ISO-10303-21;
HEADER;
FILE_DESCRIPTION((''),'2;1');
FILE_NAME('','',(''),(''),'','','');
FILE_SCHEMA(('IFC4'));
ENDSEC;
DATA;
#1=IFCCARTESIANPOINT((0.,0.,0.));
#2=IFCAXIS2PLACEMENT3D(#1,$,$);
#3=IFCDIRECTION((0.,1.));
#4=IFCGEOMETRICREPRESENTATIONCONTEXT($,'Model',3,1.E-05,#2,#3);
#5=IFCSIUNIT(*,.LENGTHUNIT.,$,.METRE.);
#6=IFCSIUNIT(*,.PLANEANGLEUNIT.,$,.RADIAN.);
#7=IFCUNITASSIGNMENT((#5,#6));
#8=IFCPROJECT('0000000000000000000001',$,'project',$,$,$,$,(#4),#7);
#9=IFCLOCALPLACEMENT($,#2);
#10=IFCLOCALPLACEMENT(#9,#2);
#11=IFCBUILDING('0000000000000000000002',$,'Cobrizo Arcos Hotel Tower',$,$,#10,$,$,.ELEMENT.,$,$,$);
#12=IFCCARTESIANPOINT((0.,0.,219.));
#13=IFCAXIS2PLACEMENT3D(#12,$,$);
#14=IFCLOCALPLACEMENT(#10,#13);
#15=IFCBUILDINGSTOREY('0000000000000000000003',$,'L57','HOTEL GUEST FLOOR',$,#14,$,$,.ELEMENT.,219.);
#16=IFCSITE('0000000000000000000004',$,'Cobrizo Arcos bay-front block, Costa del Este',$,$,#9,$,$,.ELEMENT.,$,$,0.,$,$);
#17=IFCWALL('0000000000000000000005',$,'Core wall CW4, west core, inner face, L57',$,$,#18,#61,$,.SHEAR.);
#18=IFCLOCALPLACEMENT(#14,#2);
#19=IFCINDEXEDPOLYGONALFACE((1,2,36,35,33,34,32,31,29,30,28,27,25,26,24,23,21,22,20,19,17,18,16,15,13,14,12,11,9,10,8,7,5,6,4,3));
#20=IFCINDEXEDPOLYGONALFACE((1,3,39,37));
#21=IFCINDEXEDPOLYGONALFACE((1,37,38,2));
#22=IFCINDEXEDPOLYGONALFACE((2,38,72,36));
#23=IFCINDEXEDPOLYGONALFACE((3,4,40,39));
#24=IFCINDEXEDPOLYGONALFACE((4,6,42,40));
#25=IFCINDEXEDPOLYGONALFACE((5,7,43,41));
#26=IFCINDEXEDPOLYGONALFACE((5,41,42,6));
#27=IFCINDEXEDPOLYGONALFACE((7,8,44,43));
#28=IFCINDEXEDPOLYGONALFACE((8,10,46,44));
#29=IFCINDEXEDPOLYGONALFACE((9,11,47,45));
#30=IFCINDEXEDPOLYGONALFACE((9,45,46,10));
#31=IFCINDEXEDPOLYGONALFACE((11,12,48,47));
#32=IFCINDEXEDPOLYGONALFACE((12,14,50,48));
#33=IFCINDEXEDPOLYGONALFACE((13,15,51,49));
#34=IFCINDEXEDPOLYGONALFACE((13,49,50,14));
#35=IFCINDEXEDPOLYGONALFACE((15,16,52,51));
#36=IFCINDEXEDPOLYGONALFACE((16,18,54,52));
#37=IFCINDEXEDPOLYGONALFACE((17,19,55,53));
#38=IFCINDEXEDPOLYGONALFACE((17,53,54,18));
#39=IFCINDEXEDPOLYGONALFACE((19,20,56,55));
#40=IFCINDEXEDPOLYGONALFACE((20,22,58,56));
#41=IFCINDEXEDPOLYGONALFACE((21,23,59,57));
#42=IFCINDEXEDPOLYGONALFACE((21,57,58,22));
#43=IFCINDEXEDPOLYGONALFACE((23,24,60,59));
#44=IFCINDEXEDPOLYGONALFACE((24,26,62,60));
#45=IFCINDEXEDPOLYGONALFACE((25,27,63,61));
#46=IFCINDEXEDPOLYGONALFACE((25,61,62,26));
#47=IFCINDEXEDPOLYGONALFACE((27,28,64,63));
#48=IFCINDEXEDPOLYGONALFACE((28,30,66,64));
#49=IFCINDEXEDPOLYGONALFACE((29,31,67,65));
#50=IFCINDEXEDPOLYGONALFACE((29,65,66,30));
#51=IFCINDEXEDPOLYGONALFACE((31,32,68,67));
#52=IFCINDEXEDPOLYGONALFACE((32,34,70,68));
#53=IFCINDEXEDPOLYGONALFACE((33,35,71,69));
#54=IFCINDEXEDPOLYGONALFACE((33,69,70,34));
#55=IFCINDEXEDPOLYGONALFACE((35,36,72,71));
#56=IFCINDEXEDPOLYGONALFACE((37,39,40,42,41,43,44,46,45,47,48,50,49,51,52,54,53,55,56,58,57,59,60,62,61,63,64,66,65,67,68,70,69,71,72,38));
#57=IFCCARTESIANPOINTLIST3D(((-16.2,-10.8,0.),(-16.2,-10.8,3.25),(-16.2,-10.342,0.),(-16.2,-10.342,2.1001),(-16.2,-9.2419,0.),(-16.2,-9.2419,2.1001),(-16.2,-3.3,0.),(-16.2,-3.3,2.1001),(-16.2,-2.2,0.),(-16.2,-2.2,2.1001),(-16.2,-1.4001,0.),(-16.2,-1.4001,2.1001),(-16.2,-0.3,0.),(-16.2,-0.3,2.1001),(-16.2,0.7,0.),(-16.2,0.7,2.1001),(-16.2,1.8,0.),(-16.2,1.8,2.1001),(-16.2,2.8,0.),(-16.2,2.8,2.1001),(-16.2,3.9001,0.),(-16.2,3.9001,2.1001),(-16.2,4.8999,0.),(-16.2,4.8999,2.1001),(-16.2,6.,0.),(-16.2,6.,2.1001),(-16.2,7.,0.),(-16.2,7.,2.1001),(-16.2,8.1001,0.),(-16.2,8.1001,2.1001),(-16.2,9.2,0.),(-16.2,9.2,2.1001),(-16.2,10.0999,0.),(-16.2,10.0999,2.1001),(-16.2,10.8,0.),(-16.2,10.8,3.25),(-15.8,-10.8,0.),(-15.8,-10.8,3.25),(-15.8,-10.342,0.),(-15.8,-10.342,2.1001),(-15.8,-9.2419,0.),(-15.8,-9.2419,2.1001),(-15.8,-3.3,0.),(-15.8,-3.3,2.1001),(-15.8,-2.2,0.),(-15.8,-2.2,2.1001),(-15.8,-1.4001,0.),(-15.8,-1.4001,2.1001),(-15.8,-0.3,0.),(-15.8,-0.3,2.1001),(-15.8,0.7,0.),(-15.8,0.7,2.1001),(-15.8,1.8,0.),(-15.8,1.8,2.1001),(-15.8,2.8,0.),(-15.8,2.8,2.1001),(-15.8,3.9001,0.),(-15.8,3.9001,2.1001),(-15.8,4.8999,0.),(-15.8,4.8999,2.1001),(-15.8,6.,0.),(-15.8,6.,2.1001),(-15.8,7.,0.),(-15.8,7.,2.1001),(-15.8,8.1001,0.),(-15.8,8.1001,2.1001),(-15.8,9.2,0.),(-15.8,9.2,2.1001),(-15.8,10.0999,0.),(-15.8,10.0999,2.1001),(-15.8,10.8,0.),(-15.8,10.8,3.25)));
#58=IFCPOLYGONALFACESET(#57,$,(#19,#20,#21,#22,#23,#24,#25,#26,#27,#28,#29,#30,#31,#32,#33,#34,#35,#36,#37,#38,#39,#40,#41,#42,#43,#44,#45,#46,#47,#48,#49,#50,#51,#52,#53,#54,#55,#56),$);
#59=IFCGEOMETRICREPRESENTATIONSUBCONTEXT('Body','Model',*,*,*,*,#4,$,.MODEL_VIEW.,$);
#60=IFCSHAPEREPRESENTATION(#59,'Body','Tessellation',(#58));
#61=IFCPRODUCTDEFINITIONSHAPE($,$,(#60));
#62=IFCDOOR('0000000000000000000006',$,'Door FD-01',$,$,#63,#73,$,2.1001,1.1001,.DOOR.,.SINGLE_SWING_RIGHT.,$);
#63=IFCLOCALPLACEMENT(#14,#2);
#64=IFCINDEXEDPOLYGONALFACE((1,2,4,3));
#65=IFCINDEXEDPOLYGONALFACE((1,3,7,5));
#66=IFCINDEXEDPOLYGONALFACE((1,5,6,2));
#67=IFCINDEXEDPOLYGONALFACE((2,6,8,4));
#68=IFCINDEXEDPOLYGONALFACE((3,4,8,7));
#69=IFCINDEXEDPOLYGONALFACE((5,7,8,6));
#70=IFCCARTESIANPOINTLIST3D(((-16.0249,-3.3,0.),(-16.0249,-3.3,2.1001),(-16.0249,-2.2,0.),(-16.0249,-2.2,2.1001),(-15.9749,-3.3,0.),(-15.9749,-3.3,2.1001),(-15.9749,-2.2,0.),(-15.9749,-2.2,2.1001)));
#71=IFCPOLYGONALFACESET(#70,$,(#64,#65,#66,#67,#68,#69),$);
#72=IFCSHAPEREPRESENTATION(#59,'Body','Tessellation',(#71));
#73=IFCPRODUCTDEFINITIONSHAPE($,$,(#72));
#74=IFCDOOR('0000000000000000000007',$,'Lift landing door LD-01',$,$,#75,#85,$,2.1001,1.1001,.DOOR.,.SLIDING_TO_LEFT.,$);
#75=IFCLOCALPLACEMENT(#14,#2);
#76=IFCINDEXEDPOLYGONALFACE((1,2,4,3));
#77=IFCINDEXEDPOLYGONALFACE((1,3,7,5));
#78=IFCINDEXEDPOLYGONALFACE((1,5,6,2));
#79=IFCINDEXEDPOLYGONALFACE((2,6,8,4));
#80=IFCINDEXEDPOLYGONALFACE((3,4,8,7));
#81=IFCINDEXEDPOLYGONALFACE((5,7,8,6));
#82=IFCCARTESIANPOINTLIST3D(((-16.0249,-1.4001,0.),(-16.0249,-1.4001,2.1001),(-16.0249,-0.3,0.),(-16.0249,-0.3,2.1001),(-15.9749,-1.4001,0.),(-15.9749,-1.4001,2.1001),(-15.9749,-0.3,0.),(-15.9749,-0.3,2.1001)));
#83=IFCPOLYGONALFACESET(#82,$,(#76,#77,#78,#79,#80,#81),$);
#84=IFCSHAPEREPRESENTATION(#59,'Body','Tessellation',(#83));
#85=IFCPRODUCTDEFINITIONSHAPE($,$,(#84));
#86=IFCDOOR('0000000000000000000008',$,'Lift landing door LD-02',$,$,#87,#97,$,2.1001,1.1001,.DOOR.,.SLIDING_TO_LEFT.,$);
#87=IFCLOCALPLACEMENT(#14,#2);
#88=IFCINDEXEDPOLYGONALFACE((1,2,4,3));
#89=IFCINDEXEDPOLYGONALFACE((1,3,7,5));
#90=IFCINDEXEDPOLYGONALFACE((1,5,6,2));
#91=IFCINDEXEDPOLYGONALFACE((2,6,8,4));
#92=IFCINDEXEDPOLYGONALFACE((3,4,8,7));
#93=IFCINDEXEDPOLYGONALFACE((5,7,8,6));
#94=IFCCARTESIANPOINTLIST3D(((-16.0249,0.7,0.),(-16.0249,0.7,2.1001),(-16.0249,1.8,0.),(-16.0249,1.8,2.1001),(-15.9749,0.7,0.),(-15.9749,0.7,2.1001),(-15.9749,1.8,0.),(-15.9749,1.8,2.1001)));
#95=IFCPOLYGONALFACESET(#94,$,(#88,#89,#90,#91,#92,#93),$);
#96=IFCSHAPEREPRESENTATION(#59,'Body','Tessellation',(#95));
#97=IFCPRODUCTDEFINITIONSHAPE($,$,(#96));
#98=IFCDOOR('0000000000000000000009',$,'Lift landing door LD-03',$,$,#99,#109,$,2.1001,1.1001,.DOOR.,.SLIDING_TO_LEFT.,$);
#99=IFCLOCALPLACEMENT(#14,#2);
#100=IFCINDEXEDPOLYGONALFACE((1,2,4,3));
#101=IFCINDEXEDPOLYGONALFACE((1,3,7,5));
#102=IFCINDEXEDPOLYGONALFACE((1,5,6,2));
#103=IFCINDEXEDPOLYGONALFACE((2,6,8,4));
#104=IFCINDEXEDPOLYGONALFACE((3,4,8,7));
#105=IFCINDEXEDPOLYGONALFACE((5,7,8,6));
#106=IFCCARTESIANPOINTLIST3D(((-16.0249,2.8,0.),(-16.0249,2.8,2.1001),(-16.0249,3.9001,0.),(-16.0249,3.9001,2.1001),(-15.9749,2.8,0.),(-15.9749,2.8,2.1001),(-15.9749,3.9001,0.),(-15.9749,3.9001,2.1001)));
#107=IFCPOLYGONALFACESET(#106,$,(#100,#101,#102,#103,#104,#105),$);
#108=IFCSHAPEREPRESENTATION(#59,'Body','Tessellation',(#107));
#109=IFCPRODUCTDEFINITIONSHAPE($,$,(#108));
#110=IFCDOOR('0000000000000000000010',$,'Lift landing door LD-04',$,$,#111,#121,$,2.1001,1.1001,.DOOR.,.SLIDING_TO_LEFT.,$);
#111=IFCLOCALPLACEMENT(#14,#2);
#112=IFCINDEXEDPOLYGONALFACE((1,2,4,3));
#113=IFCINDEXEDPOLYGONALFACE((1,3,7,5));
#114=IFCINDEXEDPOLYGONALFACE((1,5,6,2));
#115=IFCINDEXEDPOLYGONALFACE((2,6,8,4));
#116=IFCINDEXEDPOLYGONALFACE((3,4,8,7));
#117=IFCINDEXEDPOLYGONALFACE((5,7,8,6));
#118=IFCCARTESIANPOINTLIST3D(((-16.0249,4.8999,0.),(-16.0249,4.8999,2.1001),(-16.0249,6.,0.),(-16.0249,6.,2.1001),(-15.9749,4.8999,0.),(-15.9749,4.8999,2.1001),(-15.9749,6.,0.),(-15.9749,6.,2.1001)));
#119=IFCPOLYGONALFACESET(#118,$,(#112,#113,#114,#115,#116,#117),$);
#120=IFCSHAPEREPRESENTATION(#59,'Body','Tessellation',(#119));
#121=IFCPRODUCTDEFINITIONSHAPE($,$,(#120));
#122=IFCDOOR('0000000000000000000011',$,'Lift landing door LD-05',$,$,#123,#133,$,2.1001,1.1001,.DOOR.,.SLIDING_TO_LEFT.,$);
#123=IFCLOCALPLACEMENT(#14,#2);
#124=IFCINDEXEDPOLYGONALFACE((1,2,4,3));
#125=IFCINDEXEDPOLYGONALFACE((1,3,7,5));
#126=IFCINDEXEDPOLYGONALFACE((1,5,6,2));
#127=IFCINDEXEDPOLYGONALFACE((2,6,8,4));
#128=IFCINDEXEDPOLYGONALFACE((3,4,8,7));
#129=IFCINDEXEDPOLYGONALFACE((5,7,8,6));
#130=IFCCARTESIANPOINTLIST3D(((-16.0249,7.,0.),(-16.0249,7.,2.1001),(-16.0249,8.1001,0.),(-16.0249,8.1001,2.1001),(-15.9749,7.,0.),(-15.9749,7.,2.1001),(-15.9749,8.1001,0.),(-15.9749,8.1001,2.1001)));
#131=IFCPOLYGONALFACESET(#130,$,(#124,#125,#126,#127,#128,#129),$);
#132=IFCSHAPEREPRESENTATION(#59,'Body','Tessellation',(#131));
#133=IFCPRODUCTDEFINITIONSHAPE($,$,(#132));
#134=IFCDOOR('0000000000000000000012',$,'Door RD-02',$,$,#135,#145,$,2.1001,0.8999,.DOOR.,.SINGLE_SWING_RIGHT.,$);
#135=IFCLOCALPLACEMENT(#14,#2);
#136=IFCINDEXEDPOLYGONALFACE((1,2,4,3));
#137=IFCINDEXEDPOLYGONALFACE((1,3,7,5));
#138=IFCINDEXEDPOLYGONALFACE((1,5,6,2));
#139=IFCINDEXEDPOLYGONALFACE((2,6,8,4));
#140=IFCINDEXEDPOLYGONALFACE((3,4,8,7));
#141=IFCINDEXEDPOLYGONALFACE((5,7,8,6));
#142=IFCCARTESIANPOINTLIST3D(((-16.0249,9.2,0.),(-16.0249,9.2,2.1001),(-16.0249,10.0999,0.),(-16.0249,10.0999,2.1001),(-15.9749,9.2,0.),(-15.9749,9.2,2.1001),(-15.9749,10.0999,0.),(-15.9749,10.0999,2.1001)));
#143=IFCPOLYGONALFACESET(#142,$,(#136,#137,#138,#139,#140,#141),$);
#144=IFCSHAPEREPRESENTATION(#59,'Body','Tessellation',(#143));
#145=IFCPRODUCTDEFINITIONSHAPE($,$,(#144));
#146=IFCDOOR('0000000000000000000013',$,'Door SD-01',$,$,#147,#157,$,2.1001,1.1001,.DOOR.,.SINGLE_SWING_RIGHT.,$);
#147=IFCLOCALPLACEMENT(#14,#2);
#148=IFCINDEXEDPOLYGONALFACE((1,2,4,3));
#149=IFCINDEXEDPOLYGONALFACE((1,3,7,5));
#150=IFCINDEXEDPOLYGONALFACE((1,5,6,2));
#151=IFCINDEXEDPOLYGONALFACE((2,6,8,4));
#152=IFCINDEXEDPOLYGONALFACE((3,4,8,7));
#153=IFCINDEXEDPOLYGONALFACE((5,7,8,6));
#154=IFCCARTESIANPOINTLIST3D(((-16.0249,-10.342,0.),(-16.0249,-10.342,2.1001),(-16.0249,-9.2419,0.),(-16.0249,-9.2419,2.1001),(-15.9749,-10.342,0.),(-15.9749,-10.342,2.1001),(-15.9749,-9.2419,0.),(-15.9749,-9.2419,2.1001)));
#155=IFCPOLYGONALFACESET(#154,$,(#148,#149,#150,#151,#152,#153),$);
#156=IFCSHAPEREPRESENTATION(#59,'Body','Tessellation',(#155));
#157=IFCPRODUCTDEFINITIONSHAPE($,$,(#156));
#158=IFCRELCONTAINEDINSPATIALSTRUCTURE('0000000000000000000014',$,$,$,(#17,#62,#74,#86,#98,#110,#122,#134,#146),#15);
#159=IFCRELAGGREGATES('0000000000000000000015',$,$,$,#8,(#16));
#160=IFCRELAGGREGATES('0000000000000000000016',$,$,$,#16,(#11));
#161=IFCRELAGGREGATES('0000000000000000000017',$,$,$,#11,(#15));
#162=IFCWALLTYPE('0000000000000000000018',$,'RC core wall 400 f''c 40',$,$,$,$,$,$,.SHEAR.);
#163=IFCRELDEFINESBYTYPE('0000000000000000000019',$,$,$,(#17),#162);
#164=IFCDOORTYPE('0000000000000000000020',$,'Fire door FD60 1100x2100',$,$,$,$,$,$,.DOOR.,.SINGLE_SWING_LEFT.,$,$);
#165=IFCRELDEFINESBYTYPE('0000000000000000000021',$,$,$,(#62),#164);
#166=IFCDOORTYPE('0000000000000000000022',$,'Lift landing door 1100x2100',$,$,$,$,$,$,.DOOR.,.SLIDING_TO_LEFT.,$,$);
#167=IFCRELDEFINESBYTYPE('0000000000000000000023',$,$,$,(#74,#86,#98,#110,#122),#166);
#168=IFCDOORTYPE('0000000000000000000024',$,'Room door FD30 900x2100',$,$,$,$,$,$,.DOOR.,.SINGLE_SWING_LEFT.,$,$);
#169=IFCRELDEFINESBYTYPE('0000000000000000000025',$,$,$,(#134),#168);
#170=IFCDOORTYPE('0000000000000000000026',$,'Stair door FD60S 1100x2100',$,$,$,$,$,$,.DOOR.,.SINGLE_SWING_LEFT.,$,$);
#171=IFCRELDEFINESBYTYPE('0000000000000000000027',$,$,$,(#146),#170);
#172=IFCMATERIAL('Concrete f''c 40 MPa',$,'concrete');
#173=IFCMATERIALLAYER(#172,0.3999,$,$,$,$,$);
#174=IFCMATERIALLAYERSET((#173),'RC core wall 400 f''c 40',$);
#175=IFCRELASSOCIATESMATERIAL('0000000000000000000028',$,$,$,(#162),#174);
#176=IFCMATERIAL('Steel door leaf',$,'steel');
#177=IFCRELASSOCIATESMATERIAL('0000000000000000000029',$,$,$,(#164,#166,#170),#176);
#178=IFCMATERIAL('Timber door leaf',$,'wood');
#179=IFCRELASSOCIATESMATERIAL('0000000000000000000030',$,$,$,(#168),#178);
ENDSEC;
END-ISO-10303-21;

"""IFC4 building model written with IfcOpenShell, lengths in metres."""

from ifc_helpers import new_model, si_unit, direction, frame, frame_2d, origin, place, context, subcontext, project, spatial, rectangle, extrude, material, layer, layer_set, type_object, element, fill, save


model = new_model("IFC4")

# Units and contexts
model_context = context("Model", 3, precision=1e-05, world=origin(), true_north=direction((0.0, 1.0)))
body_context = subcontext(model_context, "Body", "Model", "MODEL_VIEW")
ifc_project = project(units=[si_unit("LENGTHUNIT", "METRE"), si_unit("PLANEANGLEUNIT", "RADIAN")], contexts=[model_context])

# Site, building, storey
site_placement = place(None, origin())
site = spatial("IfcSite", under=ifc_project, at=site_placement, Name="Cobrizo Arcos bay-front block, Costa del Este", CompositionType="ELEMENT", RefElevation=0.0)
building_placement = place(site_placement, origin())
building = spatial("IfcBuilding", under=site, at=building_placement, Name="Cobrizo Arcos Hotel Tower", CompositionType="ELEMENT")
storey_placement = place(building_placement, frame((0.0, 0.0, 219.0)))
storey = spatial("IfcBuildingStorey", under=building, at=storey_placement, Name="L57", Description="HOTEL GUEST FLOOR", CompositionType="ELEMENT", Elevation=219.0)

# Wall, openings, doors
ifc_material_1 = material(Name="Concrete f'c 40 MPa", Category="concrete")
ifc_layer_1 = layer(ifc_material_1, 0.3999)
ifc_layer_set_1 = layer_set([ifc_layer_1], Name="RC core wall 400 f'c 40")
wall_type_1 = type_object("IfcWallType", Name="RC core wall 400 f'c 40", PredefinedType="SHEAR", material=ifc_layer_set_1)
wall_1_placement = place(storey_placement, frame((-16.0, -10.8, 0.0), z_axis=(0.0, 0.0, 1.0), x_axis=(0.0, 1.0, 0.0)))
wall_1 = element("IfcWall", 1, at=wall_1_placement, inside=storey, type_object=wall_type_1, Name="Core wall CW4, west core, inner face, L57", PredefinedType="SHEAR", context=body_context, shape_type="SweptSolid", body=[
    extrude(rectangle(XDim=21.6001, YDim=0.3999, at=frame_2d((10.8, 0.0))), origin(), (0.0, 0.0, 1.0), 3.25),
])
opening_1_placement = place(wall_1_placement, frame((9.3999, 0.0, 0.0)))
opening_1 = element("IfcOpeningElement", 2, at=opening_1_placement, cuts=wall_1, PredefinedType="OPENING", context=body_context, shape_type="SweptSolid", body=[
    extrude(rectangle(XDim=1.1001, YDim=2.1001, at=frame_2d((0.55, 1.05))), frame((0.0, 0.2119, 0.0), z_axis=(0.0, -1.0, 0.0), x_axis=(1.0, 0.0, 0.0)), (0.0, 0.0, 1.0), 0.4238),
])
opening_2_placement = place(wall_1_placement, frame((11.5, 0.0, 0.0)))
opening_2 = element("IfcOpeningElement", 3, at=opening_2_placement, cuts=wall_1, PredefinedType="OPENING", context=body_context, shape_type="SweptSolid", body=[
    extrude(rectangle(XDim=1.1001, YDim=2.1001, at=frame_2d((0.55, 1.05))), frame((0.0, 0.2119, 0.0), z_axis=(0.0, -1.0, 0.0), x_axis=(1.0, 0.0, 0.0)), (0.0, 0.0, 1.0), 0.4238),
])
opening_3_placement = place(wall_1_placement, frame((13.6001, 0.0, 0.0)))
opening_3 = element("IfcOpeningElement", 4, at=opening_3_placement, cuts=wall_1, PredefinedType="OPENING", context=body_context, shape_type="SweptSolid", body=[
    extrude(rectangle(XDim=1.1001, YDim=2.1001, at=frame_2d((0.55, 1.05))), frame((0.0, 0.2119, 0.0), z_axis=(0.0, -1.0, 0.0), x_axis=(1.0, 0.0, 0.0)), (0.0, 0.0, 1.0), 0.4238),
])
opening_4_placement = place(wall_1_placement, frame((15.7, 0.0, 0.0)))
opening_4 = element("IfcOpeningElement", 5, at=opening_4_placement, cuts=wall_1, PredefinedType="OPENING", context=body_context, shape_type="SweptSolid", body=[
    extrude(rectangle(XDim=1.1001, YDim=2.1001, at=frame_2d((0.55, 1.05))), frame((0.0, 0.2119, 0.0), z_axis=(0.0, -1.0, 0.0), x_axis=(1.0, 0.0, 0.0)), (0.0, 0.0, 1.0), 0.4238),
])
opening_5_placement = place(wall_1_placement, frame((17.8, 0.0, 0.0)))
opening_5 = element("IfcOpeningElement", 6, at=opening_5_placement, cuts=wall_1, PredefinedType="OPENING", context=body_context, shape_type="SweptSolid", body=[
    extrude(rectangle(XDim=1.1001, YDim=2.1001, at=frame_2d((0.55, 1.05))), frame((0.0, 0.2119, 0.0), z_axis=(0.0, -1.0, 0.0), x_axis=(1.0, 0.0, 0.0)), (0.0, 0.0, 1.0), 0.4238),
])
opening_6_placement = place(wall_1_placement, frame((0.458, 0.0, 0.0)))
opening_6 = element("IfcOpeningElement", 7, at=opening_6_placement, cuts=wall_1, PredefinedType="OPENING", context=body_context, shape_type="SweptSolid", body=[
    extrude(rectangle(XDim=1.1001, YDim=2.1001, at=frame_2d((0.55, 1.05))), frame((0.0, 0.2119, 0.0), z_axis=(0.0, -1.0, 0.0), x_axis=(1.0, 0.0, 0.0)), (0.0, 0.0, 1.0), 0.4238),
])
opening_7_placement = place(wall_1_placement, frame((7.5, 0.0, 0.0)))
opening_7 = element("IfcOpeningElement", 8, at=opening_7_placement, cuts=wall_1, PredefinedType="OPENING", context=body_context, shape_type="SweptSolid", body=[
    extrude(rectangle(XDim=1.1001, YDim=2.1001, at=frame_2d((0.55, 1.05))), frame((0.0, 0.2119, 0.0), z_axis=(0.0, -1.0, 0.0), x_axis=(1.0, 0.0, 0.0)), (0.0, 0.0, 1.0), 0.4238),
])
opening_8_placement = place(wall_1_placement, frame((20.0, 0.0, 0.0)))
opening_8 = element("IfcOpeningElement", 9, at=opening_8_placement, cuts=wall_1, PredefinedType="OPENING", context=body_context, shape_type="SweptSolid", body=[
    extrude(rectangle(XDim=0.8999, YDim=2.1001, at=frame_2d((0.45, 1.05))), frame((0.0, 0.2119, 0.0), z_axis=(0.0, -1.0, 0.0), x_axis=(1.0, 0.0, 0.0)), (0.0, 0.0, 1.0), 0.4238),
])
ifc_material_2 = material(Name="Steel door leaf", Category="steel")
door_type_1 = type_object("IfcDoorType", Name="Fire door FD60 1100x2100", OperationType="SINGLE_SWING_LEFT", PredefinedType="DOOR", material=ifc_material_2)
door_1_placement = place(opening_7_placement, origin())
door_1 = element("IfcDoor", 10, at=door_1_placement, inside=storey, type_object=door_type_1, Name="Door FD-01", OperationType="SINGLE_SWING_RIGHT", OverallHeight=2.1001, OverallWidth=1.1001, PredefinedType="DOOR", context=body_context, shape_type="SweptSolid", body=[
    extrude(rectangle(XDim=1.1001, YDim=2.1001, at=frame_2d((0.55, 1.05))), frame((0.0, 0.0249, 0.0), z_axis=(0.0, -1.0, 0.0), x_axis=(1.0, 0.0, 0.0)), (0.0, 0.0, 1.0), 0.05),
])
fill(opening_7, door_1)
door_type_2 = type_object("IfcDoorType", Name="Lift landing door 1100x2100", OperationType="SLIDING_TO_LEFT", PredefinedType="DOOR", material=ifc_material_2)
door_2_placement = place(opening_1_placement, origin())
door_2 = element("IfcDoor", 11, at=door_2_placement, inside=storey, type_object=door_type_2, Name="Lift landing door LD-01", OperationType="SLIDING_TO_LEFT", OverallHeight=2.1001, OverallWidth=1.1001, PredefinedType="DOOR", context=body_context, shape_type="SweptSolid", body=[
    extrude(rectangle(XDim=1.1001, YDim=2.1001, at=frame_2d((0.55, 1.05))), frame((0.0, 0.0249, 0.0), z_axis=(0.0, -1.0, 0.0), x_axis=(1.0, 0.0, 0.0)), (0.0, 0.0, 1.0), 0.05),
])
fill(opening_1, door_2)
door_3_placement = place(opening_2_placement, origin())
door_3 = element("IfcDoor", 12, at=door_3_placement, inside=storey, type_object=door_type_2, Name="Lift landing door LD-02", OperationType="SLIDING_TO_LEFT", OverallHeight=2.1001, OverallWidth=1.1001, PredefinedType="DOOR", context=body_context, shape_type="SweptSolid", body=[
    extrude(rectangle(XDim=1.1001, YDim=2.1001, at=frame_2d((0.55, 1.05))), frame((0.0, 0.0249, 0.0), z_axis=(0.0, -1.0, 0.0), x_axis=(1.0, 0.0, 0.0)), (0.0, 0.0, 1.0), 0.05),
])
fill(opening_2, door_3)
door_4_placement = place(opening_3_placement, origin())
door_4 = element("IfcDoor", 13, at=door_4_placement, inside=storey, type_object=door_type_2, Name="Lift landing door LD-03", OperationType="SLIDING_TO_LEFT", OverallHeight=2.1001, OverallWidth=1.1001, PredefinedType="DOOR", context=body_context, shape_type="SweptSolid", body=[
    extrude(rectangle(XDim=1.1001, YDim=2.1001, at=frame_2d((0.55, 1.05))), frame((0.0, 0.0249, 0.0), z_axis=(0.0, -1.0, 0.0), x_axis=(1.0, 0.0, 0.0)), (0.0, 0.0, 1.0), 0.05),
])
fill(opening_3, door_4)
door_5_placement = place(opening_4_placement, origin())
door_5 = element("IfcDoor", 14, at=door_5_placement, inside=storey, type_object=door_type_2, Name="Lift landing door LD-04", OperationType="SLIDING_TO_LEFT", OverallHeight=2.1001, OverallWidth=1.1001, PredefinedType="DOOR", context=body_context, shape_type="SweptSolid", body=[
    extrude(rectangle(XDim=1.1001, YDim=2.1001, at=frame_2d((0.55, 1.05))), frame((0.0, 0.0249, 0.0), z_axis=(0.0, -1.0, 0.0), x_axis=(1.0, 0.0, 0.0)), (0.0, 0.0, 1.0), 0.05),
])
fill(opening_4, door_5)
door_6_placement = place(opening_5_placement, origin())
door_6 = element("IfcDoor", 15, at=door_6_placement, inside=storey, type_object=door_type_2, Name="Lift landing door LD-05", OperationType="SLIDING_TO_LEFT", OverallHeight=2.1001, OverallWidth=1.1001, PredefinedType="DOOR", context=body_context, shape_type="SweptSolid", body=[
    extrude(rectangle(XDim=1.1001, YDim=2.1001, at=frame_2d((0.55, 1.05))), frame((0.0, 0.0249, 0.0), z_axis=(0.0, -1.0, 0.0), x_axis=(1.0, 0.0, 0.0)), (0.0, 0.0, 1.0), 0.05),
])
fill(opening_5, door_6)
ifc_material_3 = material(Name="Timber door leaf", Category="wood")
door_type_3 = type_object("IfcDoorType", Name="Room door FD30 900x2100", OperationType="SINGLE_SWING_LEFT", PredefinedType="DOOR", material=ifc_material_3)
door_7_placement = place(opening_8_placement, origin())
door_7 = element("IfcDoor", 16, at=door_7_placement, inside=storey, type_object=door_type_3, Name="Door RD-02", OperationType="SINGLE_SWING_RIGHT", OverallHeight=2.1001, OverallWidth=0.8999, PredefinedType="DOOR", context=body_context, shape_type="SweptSolid", body=[
    extrude(rectangle(XDim=0.8999, YDim=2.1001, at=frame_2d((0.45, 1.05))), frame((0.0, 0.0249, 0.0), z_axis=(0.0, -1.0, 0.0), x_axis=(1.0, 0.0, 0.0)), (0.0, 0.0, 1.0), 0.05),
])
fill(opening_8, door_7)
door_type_4 = type_object("IfcDoorType", Name="Stair door FD60S 1100x2100", OperationType="SINGLE_SWING_LEFT", PredefinedType="DOOR", material=ifc_material_2)
door_8_placement = place(opening_6_placement, origin())
door_8 = element("IfcDoor", 17, at=door_8_placement, inside=storey, type_object=door_type_4, Name="Door SD-01", OperationType="SINGLE_SWING_RIGHT", OverallHeight=2.1001, OverallWidth=1.1001, PredefinedType="DOOR", context=body_context, shape_type="SweptSolid", body=[
    extrude(rectangle(XDim=1.1001, YDim=2.1001, at=frame_2d((0.55, 1.05))), frame((0.0, 0.0249, 0.0), z_axis=(0.0, -1.0, 0.0), x_axis=(1.0, 0.0, 0.0)), (0.0, 0.0, 1.0), 0.05),
])
fill(opening_6, door_8)

save(model, "model.ifc")
